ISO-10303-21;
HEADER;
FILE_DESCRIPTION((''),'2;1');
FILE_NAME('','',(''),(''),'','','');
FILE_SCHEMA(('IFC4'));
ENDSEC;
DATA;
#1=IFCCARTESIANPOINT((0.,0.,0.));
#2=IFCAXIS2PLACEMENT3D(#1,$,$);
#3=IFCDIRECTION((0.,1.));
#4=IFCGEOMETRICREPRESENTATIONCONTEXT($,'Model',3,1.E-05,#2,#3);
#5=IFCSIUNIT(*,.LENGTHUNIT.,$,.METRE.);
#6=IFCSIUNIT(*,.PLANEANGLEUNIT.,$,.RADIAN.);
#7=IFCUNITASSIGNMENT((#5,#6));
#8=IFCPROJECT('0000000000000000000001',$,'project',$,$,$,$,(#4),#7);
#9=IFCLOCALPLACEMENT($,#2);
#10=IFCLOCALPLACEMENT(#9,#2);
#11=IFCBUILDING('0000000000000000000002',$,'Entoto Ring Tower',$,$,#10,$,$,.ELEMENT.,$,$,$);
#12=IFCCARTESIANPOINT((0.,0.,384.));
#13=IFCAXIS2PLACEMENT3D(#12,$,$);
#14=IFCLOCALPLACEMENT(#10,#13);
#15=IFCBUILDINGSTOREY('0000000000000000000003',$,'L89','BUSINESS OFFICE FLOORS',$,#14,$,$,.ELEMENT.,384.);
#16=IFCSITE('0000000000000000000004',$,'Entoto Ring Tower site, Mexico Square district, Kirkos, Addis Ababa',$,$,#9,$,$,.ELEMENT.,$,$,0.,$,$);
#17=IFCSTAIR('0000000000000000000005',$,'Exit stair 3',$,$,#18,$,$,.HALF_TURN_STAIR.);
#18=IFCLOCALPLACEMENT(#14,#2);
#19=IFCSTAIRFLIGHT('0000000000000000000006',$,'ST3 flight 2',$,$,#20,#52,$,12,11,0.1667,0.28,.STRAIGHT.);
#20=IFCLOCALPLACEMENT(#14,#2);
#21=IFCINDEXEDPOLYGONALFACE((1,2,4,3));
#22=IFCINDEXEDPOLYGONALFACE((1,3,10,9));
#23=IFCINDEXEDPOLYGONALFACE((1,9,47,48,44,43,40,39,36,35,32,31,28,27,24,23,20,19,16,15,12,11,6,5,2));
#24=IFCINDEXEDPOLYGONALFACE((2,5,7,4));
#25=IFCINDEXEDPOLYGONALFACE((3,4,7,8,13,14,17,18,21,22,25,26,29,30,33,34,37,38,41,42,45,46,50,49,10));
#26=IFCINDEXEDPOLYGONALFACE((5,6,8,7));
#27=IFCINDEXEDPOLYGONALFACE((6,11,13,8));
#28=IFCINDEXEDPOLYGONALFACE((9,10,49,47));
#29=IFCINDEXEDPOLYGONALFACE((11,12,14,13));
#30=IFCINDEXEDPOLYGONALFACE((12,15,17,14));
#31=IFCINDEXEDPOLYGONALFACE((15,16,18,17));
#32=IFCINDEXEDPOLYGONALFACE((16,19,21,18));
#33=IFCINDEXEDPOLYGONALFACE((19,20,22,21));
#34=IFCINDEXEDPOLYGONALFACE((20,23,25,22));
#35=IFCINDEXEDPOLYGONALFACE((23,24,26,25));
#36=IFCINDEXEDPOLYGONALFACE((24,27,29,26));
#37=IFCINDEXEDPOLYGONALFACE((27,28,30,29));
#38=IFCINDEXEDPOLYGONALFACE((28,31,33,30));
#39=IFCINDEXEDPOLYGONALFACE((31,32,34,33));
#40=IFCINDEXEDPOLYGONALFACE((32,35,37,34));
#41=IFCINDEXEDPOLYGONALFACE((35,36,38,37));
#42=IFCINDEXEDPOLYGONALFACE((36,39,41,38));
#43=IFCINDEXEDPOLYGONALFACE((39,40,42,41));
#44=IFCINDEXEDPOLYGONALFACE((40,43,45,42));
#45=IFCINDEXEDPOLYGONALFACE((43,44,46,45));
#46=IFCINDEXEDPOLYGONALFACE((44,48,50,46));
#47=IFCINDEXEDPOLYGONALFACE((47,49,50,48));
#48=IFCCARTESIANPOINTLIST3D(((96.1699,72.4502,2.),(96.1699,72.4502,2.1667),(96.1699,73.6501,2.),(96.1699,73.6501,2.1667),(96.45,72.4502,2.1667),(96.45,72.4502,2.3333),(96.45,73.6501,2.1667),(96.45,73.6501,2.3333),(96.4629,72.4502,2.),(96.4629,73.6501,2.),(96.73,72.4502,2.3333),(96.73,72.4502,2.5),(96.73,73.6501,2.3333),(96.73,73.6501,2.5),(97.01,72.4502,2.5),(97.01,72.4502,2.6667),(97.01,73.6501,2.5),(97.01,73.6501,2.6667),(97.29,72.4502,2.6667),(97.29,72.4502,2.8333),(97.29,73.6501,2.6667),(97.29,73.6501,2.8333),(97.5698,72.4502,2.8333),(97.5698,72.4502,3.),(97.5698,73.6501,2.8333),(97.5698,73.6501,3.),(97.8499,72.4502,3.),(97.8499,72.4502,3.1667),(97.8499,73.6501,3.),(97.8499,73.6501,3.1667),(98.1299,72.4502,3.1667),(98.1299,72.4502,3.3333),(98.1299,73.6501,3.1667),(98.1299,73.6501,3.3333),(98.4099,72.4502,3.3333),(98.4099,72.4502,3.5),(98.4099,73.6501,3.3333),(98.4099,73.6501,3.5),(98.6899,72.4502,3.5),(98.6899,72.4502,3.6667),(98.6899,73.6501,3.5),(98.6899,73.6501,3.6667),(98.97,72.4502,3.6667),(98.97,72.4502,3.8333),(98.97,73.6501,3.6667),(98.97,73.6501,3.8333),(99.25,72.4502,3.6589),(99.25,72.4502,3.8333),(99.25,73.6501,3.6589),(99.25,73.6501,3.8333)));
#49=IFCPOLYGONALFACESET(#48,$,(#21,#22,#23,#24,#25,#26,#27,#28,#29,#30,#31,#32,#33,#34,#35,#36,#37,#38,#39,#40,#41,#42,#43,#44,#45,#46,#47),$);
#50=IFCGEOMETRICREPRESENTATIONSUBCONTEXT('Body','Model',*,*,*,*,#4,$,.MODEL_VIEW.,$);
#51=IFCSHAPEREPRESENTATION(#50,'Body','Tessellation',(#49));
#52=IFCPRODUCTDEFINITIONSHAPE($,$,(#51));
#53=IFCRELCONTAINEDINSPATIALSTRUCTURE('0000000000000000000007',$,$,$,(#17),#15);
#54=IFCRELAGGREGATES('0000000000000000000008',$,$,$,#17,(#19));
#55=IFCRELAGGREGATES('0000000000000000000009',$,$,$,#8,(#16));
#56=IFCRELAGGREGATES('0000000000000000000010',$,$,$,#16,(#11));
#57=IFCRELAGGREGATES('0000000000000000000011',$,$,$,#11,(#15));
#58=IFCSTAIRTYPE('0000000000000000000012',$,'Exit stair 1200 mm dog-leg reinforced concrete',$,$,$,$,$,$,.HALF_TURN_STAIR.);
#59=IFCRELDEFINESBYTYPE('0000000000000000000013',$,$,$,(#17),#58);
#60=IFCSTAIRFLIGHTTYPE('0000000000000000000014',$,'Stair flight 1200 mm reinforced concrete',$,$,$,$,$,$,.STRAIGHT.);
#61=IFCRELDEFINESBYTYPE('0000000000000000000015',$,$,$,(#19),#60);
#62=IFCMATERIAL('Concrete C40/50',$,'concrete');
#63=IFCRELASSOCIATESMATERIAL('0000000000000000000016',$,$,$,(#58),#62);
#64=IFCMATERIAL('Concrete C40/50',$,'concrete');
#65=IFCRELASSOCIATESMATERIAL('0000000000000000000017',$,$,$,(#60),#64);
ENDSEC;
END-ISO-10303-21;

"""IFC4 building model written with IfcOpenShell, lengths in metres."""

from ifc_helpers import new_model, si_unit, direction, frame, origin, place, context, subcontext, project, spatial, polyline, outline, extrude, material, type_object, element, aggregate, save


model = new_model("IFC4")

# Units and contexts
model_context = context("Model", 3, precision=1e-05, world=origin(), true_north=direction((0.0, 1.0)))
body_context = subcontext(model_context, "Body", "Model", "MODEL_VIEW")
ifc_project = project(units=[si_unit("LENGTHUNIT", "METRE"), si_unit("PLANEANGLEUNIT", "RADIAN")], contexts=[model_context])

# Site, building, storey
site_placement = place(None, origin())
site = spatial("IfcSite", under=ifc_project, at=site_placement, Name="Entoto Ring Tower site, Mexico Square district, Kirkos, Addis Ababa", CompositionType="ELEMENT", RefElevation=0.0)
building_placement = place(site_placement, origin())
building = spatial("IfcBuilding", under=site, at=building_placement, Name="Entoto Ring Tower", CompositionType="ELEMENT")
storey_placement = place(building_placement, frame((0.0, 0.0, 384.0)))
storey = spatial("IfcBuildingStorey", under=building, at=storey_placement, Name="L89", Description="BUSINESS OFFICE FLOORS", CompositionType="ELEMENT", Elevation=384.0)

# Stair, stair flight
ifc_material_1 = material(Name="Concrete C40/50", Category="concrete")
stair_type = type_object("IfcStairType", Name="Exit stair 1200 mm dog-leg reinforced concrete", PredefinedType="HALF_TURN_STAIR", material=ifc_material_1)
stair_placement = place(storey_placement, origin())
stair = element("IfcStair", 1, at=stair_placement, inside=storey, type_object=stair_type, Name="Exit stair 3", PredefinedType="HALF_TURN_STAIR")
ifc_material_2 = material(Name="Concrete C40/50", Category="concrete")
stair_flight_type = type_object("IfcStairFlightType", Name="Stair flight 1200 mm reinforced concrete", PredefinedType="STRAIGHT", material=ifc_material_2)
stair_flight_placement = place(storey_placement, frame((96.1699, 73.05, 2.0), z_axis=(0.0, 0.0, 1.0), x_axis=(1.0, 0.0, 0.0)))
stair_flight = element("IfcStairFlight", 2, at=stair_flight_placement, type_object=stair_flight_type, Name="ST3 flight 2", NumberOfRisers=12, NumberOfTreads=11, PredefinedType="STRAIGHT", RiserHeight=0.1667, TreadLength=0.28, context=body_context, shape_type="SweptSolid", body=[
    extrude(outline(polyline([(0.0, 0.0), (0.0, 0.1667), (0.28, 0.1667), (0.28, 0.3333), (0.5601, 0.3333), (0.5601, 0.5), (0.8401, 0.5), (0.8401, 0.6667), (1.1201, 0.6667), (1.1201, 0.8333), (1.3999, 0.8333), (1.3999, 1.0), (1.6799, 1.0), (1.6799, 1.1667), (1.96, 1.1667), (1.96, 1.3333), (2.24, 1.3333), (2.24, 1.5), (2.52, 1.5), (2.52, 1.6667), (2.8, 1.6667), (2.8, 1.8333), (3.0801, 1.8333), (3.0801, 2.0), (3.0801, 1.6589), (0.293, 0.0), (0.0, 0.0)])), frame((0.0, 0.6001, 0.0), z_axis=(0.0, -1.0, 0.0), x_axis=(1.0, 0.0, 0.0)), (0.0, 0.0, 1.0), 1.2),
])
aggregate(stair, [stair_flight])

save(model, "model.ifc")
